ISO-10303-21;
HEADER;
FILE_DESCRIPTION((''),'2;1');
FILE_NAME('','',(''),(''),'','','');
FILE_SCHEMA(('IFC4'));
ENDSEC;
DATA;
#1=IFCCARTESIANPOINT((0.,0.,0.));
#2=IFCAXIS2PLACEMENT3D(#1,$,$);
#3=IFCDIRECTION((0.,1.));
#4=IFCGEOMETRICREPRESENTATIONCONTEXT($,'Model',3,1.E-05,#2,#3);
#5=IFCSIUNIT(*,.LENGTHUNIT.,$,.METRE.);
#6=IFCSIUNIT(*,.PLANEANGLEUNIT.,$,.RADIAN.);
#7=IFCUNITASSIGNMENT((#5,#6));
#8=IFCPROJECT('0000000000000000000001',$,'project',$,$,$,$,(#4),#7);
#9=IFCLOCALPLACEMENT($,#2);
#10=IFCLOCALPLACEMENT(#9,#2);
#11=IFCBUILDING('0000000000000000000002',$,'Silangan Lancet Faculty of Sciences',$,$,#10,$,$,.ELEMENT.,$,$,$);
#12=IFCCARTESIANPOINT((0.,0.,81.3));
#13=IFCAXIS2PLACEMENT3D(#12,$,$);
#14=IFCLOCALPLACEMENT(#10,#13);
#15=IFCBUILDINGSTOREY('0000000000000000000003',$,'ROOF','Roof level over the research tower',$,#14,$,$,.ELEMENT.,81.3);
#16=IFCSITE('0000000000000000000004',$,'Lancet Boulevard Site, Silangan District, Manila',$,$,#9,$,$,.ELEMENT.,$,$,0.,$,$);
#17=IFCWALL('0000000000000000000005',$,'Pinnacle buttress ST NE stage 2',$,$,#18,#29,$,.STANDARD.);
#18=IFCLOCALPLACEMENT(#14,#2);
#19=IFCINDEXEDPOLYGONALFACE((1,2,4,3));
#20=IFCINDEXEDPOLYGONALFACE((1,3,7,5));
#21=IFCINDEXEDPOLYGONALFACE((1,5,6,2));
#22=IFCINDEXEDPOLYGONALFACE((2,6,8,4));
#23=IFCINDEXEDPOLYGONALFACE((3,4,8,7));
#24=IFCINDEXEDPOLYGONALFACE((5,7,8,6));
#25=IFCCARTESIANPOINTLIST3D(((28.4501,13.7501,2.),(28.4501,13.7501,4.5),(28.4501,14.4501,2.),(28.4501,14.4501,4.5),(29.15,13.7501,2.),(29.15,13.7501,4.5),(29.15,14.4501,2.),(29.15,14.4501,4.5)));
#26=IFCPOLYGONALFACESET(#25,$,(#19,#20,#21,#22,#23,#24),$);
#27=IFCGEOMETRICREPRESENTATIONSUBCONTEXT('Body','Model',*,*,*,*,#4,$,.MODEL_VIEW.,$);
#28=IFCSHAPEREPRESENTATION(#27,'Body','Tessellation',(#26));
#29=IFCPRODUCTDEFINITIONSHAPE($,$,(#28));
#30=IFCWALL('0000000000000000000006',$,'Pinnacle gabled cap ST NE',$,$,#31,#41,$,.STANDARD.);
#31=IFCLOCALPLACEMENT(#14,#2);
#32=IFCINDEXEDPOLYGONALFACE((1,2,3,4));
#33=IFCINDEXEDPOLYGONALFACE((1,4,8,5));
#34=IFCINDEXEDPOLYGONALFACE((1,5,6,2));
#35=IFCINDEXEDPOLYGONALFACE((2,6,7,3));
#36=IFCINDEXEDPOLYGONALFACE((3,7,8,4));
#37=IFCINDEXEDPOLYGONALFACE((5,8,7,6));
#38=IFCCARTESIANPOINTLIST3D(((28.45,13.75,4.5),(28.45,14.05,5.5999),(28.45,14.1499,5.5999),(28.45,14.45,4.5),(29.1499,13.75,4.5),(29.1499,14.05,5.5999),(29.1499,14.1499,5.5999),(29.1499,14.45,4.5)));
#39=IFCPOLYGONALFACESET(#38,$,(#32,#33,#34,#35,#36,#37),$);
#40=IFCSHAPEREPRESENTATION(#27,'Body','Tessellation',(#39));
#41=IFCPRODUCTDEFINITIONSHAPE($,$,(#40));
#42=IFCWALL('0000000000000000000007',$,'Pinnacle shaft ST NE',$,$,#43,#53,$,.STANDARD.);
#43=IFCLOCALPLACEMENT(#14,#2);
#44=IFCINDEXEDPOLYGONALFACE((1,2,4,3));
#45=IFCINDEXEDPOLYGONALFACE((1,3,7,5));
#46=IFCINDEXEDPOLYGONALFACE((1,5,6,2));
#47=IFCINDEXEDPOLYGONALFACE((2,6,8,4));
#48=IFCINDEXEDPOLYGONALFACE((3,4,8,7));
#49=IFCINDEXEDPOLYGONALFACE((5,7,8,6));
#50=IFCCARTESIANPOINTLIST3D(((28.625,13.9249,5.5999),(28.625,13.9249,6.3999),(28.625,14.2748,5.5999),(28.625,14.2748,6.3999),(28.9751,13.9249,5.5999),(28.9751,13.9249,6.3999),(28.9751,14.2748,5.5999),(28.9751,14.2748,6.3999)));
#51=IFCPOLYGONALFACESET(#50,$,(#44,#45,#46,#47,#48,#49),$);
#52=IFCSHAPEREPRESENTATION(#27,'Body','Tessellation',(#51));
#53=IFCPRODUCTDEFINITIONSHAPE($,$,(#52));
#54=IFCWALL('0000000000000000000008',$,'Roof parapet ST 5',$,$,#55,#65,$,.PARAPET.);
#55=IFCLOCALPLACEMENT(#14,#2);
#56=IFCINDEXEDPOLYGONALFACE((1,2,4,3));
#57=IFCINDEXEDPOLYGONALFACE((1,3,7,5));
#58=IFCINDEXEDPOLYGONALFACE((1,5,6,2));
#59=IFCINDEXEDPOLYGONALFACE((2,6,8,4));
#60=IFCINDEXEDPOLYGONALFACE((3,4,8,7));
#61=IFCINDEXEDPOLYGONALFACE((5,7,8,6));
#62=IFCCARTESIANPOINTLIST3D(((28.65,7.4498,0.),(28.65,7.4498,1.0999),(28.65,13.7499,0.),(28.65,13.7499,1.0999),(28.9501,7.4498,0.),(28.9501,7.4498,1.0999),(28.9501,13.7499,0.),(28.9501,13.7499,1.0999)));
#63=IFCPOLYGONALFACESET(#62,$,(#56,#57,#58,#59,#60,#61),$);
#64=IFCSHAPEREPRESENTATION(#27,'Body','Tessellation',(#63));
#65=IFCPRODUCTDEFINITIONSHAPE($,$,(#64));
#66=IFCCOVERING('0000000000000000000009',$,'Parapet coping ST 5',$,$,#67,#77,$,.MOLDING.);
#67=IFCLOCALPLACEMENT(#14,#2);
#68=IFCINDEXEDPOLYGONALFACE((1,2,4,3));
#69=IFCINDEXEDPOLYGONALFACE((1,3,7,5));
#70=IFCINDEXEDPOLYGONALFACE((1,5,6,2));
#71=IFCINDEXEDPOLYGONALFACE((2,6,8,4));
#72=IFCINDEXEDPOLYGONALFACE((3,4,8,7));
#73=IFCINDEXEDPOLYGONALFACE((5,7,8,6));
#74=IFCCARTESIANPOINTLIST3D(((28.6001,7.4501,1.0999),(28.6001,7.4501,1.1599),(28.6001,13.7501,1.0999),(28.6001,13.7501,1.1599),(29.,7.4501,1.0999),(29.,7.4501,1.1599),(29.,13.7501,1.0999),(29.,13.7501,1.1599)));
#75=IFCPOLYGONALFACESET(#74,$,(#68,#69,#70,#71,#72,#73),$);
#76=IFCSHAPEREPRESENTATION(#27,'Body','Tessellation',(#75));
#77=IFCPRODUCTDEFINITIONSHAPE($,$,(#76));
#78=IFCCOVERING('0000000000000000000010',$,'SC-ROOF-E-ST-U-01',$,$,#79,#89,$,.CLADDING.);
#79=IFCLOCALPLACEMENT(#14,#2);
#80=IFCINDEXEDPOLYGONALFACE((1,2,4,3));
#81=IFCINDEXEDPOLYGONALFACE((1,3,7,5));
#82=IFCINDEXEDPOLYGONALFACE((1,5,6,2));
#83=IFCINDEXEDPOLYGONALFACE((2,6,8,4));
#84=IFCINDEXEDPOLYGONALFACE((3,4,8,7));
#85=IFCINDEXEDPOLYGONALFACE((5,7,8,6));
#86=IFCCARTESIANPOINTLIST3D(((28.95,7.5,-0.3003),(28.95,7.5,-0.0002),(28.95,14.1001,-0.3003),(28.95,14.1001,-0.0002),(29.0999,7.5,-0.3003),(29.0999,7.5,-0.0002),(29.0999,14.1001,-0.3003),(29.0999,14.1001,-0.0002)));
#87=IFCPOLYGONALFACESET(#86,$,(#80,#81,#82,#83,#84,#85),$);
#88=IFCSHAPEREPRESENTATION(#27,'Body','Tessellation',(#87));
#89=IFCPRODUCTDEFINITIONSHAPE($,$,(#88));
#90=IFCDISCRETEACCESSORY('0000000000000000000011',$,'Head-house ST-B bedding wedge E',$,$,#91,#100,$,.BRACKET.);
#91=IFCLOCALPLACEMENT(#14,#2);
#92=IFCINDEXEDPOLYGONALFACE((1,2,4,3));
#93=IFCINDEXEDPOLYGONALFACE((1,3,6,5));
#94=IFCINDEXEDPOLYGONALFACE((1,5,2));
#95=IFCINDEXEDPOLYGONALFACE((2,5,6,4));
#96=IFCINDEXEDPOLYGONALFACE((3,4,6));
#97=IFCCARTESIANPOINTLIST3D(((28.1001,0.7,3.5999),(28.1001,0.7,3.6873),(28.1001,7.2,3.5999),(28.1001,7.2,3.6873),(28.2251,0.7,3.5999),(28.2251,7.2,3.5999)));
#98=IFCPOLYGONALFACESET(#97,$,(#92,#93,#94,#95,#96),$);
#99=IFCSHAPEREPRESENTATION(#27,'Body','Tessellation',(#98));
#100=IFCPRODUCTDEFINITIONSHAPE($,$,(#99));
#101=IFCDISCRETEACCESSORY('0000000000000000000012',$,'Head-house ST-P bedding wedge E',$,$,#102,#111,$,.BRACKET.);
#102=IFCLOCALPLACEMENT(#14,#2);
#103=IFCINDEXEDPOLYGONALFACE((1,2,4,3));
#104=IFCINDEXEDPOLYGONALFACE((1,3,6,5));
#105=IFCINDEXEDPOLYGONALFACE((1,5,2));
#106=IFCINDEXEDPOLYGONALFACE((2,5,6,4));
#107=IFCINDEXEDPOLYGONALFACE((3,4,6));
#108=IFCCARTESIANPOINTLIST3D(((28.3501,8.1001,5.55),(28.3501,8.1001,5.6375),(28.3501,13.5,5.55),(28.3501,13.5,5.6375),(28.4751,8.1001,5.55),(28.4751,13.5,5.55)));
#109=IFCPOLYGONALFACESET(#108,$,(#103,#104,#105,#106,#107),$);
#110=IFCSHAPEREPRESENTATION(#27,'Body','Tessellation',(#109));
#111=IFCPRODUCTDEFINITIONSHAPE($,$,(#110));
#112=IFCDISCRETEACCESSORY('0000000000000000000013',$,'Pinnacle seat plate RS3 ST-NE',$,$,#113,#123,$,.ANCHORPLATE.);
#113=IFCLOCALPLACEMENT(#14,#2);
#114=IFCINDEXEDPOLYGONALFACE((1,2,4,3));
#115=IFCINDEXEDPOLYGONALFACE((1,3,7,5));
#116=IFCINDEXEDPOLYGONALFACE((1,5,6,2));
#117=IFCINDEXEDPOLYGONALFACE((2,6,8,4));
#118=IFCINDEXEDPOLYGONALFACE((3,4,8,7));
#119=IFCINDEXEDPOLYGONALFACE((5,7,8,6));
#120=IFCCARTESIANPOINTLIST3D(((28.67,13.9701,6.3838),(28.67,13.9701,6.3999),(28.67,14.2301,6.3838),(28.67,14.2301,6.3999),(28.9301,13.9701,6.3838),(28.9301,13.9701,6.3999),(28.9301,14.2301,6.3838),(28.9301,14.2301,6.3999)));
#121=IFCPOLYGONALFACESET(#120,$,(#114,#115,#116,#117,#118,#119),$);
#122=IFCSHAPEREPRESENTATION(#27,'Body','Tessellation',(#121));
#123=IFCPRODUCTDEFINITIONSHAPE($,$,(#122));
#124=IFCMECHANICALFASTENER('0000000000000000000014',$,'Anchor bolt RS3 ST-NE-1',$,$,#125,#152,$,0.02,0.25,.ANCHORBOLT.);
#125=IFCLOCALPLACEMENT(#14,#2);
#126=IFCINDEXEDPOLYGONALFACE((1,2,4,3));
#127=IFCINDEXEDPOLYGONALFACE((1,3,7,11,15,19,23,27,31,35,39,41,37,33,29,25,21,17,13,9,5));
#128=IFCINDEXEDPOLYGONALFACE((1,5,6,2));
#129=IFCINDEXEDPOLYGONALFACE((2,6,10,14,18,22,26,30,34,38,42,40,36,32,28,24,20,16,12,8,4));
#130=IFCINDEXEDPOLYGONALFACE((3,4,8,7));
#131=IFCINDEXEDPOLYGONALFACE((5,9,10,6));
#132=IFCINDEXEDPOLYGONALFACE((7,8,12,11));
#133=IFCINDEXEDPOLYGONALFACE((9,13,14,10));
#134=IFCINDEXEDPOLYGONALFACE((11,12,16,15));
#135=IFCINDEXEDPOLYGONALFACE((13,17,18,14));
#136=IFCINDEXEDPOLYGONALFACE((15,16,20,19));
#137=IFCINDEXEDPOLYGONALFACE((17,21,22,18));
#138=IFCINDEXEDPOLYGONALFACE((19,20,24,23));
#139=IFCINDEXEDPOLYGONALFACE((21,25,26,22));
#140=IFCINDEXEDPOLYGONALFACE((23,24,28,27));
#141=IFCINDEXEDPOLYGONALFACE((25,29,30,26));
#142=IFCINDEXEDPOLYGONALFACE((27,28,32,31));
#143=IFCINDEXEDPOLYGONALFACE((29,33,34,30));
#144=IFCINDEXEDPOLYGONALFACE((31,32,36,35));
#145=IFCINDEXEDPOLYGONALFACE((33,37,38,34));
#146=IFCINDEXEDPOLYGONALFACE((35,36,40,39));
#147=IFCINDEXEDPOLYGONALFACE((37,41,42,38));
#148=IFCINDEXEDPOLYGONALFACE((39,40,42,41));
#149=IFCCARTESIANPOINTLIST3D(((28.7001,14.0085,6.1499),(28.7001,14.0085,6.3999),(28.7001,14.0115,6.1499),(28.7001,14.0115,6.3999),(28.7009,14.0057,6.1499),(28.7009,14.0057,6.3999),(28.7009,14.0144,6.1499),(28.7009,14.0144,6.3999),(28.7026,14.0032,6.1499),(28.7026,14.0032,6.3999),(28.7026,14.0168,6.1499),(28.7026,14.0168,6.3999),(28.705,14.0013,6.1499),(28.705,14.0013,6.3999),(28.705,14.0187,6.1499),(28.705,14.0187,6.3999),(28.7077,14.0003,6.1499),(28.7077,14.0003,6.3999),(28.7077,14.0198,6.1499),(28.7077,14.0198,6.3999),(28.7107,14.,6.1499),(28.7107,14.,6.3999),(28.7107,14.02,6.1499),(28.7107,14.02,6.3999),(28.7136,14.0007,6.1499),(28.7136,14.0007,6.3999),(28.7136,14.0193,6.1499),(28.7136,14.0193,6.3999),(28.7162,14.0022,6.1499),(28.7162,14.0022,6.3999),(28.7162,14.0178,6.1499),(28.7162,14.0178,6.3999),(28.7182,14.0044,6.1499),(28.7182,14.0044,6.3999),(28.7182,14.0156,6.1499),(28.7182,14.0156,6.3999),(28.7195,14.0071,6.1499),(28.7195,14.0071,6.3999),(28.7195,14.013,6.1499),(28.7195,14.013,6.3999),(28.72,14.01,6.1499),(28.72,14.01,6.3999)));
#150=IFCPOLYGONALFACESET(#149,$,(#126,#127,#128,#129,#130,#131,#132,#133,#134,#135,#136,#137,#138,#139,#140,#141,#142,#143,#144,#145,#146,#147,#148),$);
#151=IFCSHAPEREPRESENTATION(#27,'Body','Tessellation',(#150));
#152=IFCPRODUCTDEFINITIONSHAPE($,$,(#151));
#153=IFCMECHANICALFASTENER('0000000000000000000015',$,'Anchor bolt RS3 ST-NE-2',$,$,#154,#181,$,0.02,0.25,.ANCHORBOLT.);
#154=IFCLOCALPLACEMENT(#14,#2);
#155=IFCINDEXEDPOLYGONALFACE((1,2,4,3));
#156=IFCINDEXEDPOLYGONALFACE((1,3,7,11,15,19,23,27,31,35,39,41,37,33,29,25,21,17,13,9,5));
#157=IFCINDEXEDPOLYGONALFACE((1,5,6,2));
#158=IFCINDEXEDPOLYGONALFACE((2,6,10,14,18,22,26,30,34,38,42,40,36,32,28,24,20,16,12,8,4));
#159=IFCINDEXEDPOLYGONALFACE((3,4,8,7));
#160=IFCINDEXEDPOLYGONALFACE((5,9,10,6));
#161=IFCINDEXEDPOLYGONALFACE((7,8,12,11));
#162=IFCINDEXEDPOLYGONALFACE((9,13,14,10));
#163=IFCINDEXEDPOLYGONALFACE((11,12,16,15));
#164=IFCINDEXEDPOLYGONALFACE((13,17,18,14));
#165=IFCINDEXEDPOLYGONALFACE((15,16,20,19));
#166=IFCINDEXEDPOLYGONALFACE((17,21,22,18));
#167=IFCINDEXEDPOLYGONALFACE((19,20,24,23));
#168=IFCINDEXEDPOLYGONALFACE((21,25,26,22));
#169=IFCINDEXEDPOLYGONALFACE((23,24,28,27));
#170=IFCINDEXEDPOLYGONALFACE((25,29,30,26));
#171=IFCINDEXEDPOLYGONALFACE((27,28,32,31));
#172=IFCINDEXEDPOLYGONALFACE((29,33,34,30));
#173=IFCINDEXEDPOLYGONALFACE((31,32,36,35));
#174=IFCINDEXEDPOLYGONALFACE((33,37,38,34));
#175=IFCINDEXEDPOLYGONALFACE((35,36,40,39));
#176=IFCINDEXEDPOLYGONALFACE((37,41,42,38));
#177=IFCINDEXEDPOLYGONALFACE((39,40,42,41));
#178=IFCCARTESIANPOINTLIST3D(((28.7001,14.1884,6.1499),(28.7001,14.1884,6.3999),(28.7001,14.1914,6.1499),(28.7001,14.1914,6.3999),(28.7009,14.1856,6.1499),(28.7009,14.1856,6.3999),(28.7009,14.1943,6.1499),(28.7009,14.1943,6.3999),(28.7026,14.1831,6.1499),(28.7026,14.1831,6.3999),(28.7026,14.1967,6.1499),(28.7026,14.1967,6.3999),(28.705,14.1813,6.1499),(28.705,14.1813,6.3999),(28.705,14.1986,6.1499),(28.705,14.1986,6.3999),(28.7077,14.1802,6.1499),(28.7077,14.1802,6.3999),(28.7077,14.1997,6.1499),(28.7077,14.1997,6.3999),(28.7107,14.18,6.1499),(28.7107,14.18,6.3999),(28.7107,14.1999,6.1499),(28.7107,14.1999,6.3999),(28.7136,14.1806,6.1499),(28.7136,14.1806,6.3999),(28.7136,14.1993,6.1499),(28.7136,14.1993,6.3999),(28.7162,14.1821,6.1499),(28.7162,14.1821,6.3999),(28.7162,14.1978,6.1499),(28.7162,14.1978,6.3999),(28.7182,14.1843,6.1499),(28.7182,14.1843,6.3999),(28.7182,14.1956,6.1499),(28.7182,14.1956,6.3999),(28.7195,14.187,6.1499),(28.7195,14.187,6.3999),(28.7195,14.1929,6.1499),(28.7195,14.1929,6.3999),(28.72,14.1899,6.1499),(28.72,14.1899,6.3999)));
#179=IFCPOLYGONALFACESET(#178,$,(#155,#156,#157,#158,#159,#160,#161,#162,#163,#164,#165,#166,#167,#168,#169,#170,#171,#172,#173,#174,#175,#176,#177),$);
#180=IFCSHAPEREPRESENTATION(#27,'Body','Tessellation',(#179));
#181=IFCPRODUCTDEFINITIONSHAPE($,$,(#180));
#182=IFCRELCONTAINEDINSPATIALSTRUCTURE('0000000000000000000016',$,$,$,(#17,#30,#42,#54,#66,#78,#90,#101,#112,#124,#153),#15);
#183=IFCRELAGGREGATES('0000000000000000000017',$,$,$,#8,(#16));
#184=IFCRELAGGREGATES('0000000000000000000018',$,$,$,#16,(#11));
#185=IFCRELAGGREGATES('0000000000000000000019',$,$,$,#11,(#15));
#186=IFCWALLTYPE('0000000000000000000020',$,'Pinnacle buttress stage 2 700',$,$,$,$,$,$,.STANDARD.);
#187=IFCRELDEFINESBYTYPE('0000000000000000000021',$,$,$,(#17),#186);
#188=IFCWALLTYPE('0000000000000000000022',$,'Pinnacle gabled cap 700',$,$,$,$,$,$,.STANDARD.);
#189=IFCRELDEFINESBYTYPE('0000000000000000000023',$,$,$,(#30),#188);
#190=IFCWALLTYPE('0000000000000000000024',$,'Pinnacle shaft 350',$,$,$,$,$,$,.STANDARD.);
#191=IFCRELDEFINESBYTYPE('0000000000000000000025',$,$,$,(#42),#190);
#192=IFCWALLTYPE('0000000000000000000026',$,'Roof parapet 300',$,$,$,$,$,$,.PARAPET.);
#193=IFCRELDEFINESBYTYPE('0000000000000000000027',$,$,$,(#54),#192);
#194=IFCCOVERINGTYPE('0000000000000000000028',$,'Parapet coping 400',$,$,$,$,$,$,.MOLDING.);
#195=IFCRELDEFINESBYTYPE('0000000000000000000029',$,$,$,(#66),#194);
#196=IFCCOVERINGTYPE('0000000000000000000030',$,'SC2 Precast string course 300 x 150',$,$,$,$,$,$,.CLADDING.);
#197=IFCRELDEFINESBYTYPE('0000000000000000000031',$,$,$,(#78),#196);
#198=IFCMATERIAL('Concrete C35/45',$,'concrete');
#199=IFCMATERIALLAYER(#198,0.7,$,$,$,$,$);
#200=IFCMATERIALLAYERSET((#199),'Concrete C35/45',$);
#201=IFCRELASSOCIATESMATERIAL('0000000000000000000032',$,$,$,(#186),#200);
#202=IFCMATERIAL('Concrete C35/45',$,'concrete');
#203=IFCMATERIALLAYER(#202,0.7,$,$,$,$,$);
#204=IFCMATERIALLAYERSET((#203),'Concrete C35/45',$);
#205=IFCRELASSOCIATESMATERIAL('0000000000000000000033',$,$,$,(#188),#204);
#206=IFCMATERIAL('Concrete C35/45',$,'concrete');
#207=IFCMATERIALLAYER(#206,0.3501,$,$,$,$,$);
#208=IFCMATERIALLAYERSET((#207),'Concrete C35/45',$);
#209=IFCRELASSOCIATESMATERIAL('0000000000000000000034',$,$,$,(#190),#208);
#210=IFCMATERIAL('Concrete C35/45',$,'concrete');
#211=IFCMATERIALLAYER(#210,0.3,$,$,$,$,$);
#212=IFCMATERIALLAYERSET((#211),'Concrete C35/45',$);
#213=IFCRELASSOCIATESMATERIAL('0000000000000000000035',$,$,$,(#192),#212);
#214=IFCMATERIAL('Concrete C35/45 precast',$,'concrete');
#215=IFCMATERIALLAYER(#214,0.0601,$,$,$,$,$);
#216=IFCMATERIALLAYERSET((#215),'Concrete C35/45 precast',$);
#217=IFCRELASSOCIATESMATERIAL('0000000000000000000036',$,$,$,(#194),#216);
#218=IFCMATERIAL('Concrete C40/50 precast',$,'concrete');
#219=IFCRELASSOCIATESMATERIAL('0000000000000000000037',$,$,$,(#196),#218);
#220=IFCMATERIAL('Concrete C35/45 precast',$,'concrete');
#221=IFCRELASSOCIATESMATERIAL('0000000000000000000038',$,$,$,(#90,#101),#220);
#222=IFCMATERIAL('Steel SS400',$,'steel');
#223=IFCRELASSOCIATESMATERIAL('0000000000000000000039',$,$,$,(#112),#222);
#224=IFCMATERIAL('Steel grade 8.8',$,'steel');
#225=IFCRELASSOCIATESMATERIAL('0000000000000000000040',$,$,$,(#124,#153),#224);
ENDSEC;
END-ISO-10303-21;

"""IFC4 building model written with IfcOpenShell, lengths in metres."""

from ifc_helpers import new_model, si_unit, direction, frame, frame_2d, origin, origin_2d, place, context, subcontext, project, spatial, polyline, rectangle, circle, outline, extrude, material, layer, layer_set, type_object, element, save


model = new_model("IFC4")

# Units and contexts
model_context = context("Model", 3, precision=1e-05, world=origin(), true_north=direction((0.0, 1.0)))
body_context = subcontext(model_context, "Body", "Model", "MODEL_VIEW")
ifc_project = project(units=[si_unit("LENGTHUNIT", "METRE"), si_unit("PLANEANGLEUNIT", "RADIAN")], contexts=[model_context])

# Site, building, storey
site_placement = place(None, origin())
site = spatial("IfcSite", under=ifc_project, at=site_placement, Name="Lancet Boulevard Site, Silangan District, Manila", CompositionType="ELEMENT", RefElevation=0.0)
building_placement = place(site_placement, origin())
building = spatial("IfcBuilding", under=site, at=building_placement, Name="Silangan Lancet Faculty of Sciences", CompositionType="ELEMENT")
storey_placement = place(building_placement, frame((0.0, 0.0, 81.3)))
storey = spatial("IfcBuildingStorey", under=building, at=storey_placement, Name="ROOF", Description="Roof level over the research tower", CompositionType="ELEMENT", Elevation=81.3)

# Walls
ifc_material_1 = material(Name="Concrete C35/45", Category="concrete")
ifc_layer_1 = layer(ifc_material_1, 0.7)
ifc_layer_set_1 = layer_set([ifc_layer_1], Name="Concrete C35/45")
wall_type_1 = type_object("IfcWallType", Name="Pinnacle buttress stage 2 700", PredefinedType="STANDARD", material=ifc_layer_set_1)
wall_1_placement = place(storey_placement, frame((28.8, 13.75, 2.0), z_axis=(0.0, 0.0, 1.0), x_axis=(0.0, 1.0, 0.0)))
element("IfcWall", 1, at=wall_1_placement, inside=storey, type_object=wall_type_1, Name="Pinnacle buttress ST NE stage 2", PredefinedType="STANDARD", context=body_context, shape_type="SweptSolid", body=[
    extrude(rectangle(XDim=0.7, YDim=0.7, at=frame_2d((0.3501, 0.0))), origin(), (0.0, 0.0, 1.0), 2.5),
])
ifc_material_2 = material(Name="Concrete C35/45", Category="concrete")
ifc_layer_2 = layer(ifc_material_2, 0.7)
ifc_layer_set_2 = layer_set([ifc_layer_2], Name="Concrete C35/45")
wall_type_2 = type_object("IfcWallType", Name="Pinnacle gabled cap 700", PredefinedType="STANDARD", material=ifc_layer_set_2)
wall_2_placement = place(storey_placement, frame((28.8, 13.75, 4.5), z_axis=(0.0, 0.0, 1.0), x_axis=(0.0, 1.0, 0.0)))
element("IfcWall", 2, at=wall_2_placement, inside=storey, type_object=wall_type_2, Name="Pinnacle gabled cap ST NE", PredefinedType="STANDARD", context=body_context, shape_type="SweptSolid", body=[
    extrude(outline(polyline([(0.0, 0.0), (0.7, 0.0), (0.3999, 1.0999), (0.3, 1.0999), (0.0, 0.0)])), frame((0.0, 0.3501, 0.0), z_axis=(0.0, -1.0, 0.0), x_axis=(1.0, 0.0, 0.0)), (0.0, 0.0, 1.0), 0.7),
])
ifc_material_3 = material(Name="Concrete C35/45", Category="concrete")
ifc_layer_3 = layer(ifc_material_3, 0.3501)
ifc_layer_set_3 = layer_set([ifc_layer_3], Name="Concrete C35/45")
wall_type_3 = type_object("IfcWallType", Name="Pinnacle shaft 350", PredefinedType="STANDARD", material=ifc_layer_set_3)
wall_3_placement = place(storey_placement, frame((28.8, 13.925, 5.5999), z_axis=(0.0, 0.0, 1.0), x_axis=(0.0, 1.0, 0.0)))
element("IfcWall", 3, at=wall_3_placement, inside=storey, type_object=wall_type_3, Name="Pinnacle shaft ST NE", PredefinedType="STANDARD", context=body_context, shape_type="SweptSolid", body=[
    extrude(rectangle(XDim=0.3499, YDim=0.3501, at=frame_2d((0.1748, 0.0))), origin(), (0.0, 0.0, 1.0), 0.8),
])
ifc_material_4 = material(Name="Concrete C35/45", Category="concrete")
ifc_layer_4 = layer(ifc_material_4, 0.3)
ifc_layer_set_4 = layer_set([ifc_layer_4], Name="Concrete C35/45")
wall_type_4 = type_object("IfcWallType", Name="Roof parapet 300", PredefinedType="PARAPET", material=ifc_layer_set_4)
wall_4_placement = place(storey_placement, frame((28.8, 7.45, 0.0), z_axis=(0.0, 0.0, 1.0), x_axis=(0.0, 1.0, 0.0)))
element("IfcWall", 4, at=wall_4_placement, inside=storey, type_object=wall_type_4, Name="Roof parapet ST 5", PredefinedType="PARAPET", context=body_context, shape_type="SweptSolid", body=[
    extrude(rectangle(XDim=6.3, YDim=0.3, at=frame_2d((3.1499, 0.0))), origin(), (0.0, 0.0, 1.0), 1.0999),
])

# Coverings
ifc_material_5 = material(Name="Concrete C35/45 precast", Category="concrete")
ifc_layer_5 = layer(ifc_material_5, 0.0601)
ifc_layer_set_5 = layer_set([ifc_layer_5], Name="Concrete C35/45 precast")
covering_type_1 = type_object("IfcCoveringType", Name="Parapet coping 400", PredefinedType="MOLDING", material=ifc_layer_set_5)
covering_1_placement = place(storey_placement, frame((28.8, 10.6001, 1.0999), z_axis=(0.0, 0.0, 1.0), x_axis=(1.0, 0.0, 0.0)))
element("IfcCovering", 5, at=covering_1_placement, inside=storey, type_object=covering_type_1, Name="Parapet coping ST 5", PredefinedType="MOLDING", context=body_context, shape_type="SweptSolid", body=[
    extrude(rectangle(XDim=0.3999, YDim=6.3, at=origin_2d()), origin(), (0.0, 0.0, 1.0), 0.0601),
])
ifc_material_6 = material(Name="Concrete C40/50 precast", Category="concrete")
covering_type_2 = type_object("IfcCoveringType", Name="SC2 Precast string course 300 x 150", PredefinedType="CLADDING", material=ifc_material_6)
covering_2_placement = place(storey_placement, frame((29.0249, 10.8, -0.3003), z_axis=(0.0, 0.0, 1.0), x_axis=(1.0, 0.0, 0.0)))
element("IfcCovering", 6, at=covering_2_placement, inside=storey, type_object=covering_type_2, Name="SC-ROOF-E-ST-U-01", PredefinedType="CLADDING", context=body_context, shape_type="SweptSolid", body=[
    extrude(rectangle(XDim=0.1499, YDim=6.6001, at=origin_2d()), origin(), (0.0, 0.0, 1.0), 0.3),
])

# Discrete accessories
ifc_material_7 = material(Name="Concrete C35/45 precast", Category="concrete")
discrete_accessory_1_placement = place(storey_placement, frame((28.2251, 7.2, 3.5999), z_axis=(0.0, -1.0, 0.0), x_axis=(1.0, 0.0, 0.0)))
element("IfcDiscreteAccessory", 7, at=discrete_accessory_1_placement, inside=storey, material=ifc_material_7, Name="Head-house ST-B bedding wedge E", PredefinedType="BRACKET", context=body_context, shape_type="SweptSolid", body=[
    extrude(outline(polyline([(0.0, 0.0), (-0.125, 0.0), (-0.125, 0.0874), (0.0, 0.0)])), origin(), (0.0, 0.0, 1.0), 6.5),
])
discrete_accessory_2_placement = place(storey_placement, frame((28.4751, 13.5, 5.55), z_axis=(0.0, -1.0, 0.0), x_axis=(1.0, 0.0, 0.0)))
element("IfcDiscreteAccessory", 8, at=discrete_accessory_2_placement, inside=storey, material=ifc_material_7, Name="Head-house ST-P bedding wedge E", PredefinedType="BRACKET", context=body_context, shape_type="SweptSolid", body=[
    extrude(outline(polyline([(0.0, 0.0), (-0.125, 0.0), (-0.125, 0.0874), (0.0, 0.0)])), origin(), (0.0, 0.0, 1.0), 5.3999),
])
ifc_material_8 = material(Name="Steel SS400", Category="steel")
discrete_accessory_3_placement = place(storey_placement, frame((28.8, 14.1001, 6.3838), z_axis=(0.0, 0.0, 1.0), x_axis=(1.0, 0.0, 0.0)))
element("IfcDiscreteAccessory", 9, at=discrete_accessory_3_placement, inside=storey, material=ifc_material_8, Name="Pinnacle seat plate RS3 ST-NE", PredefinedType="ANCHORPLATE", context=body_context, shape_type="SweptSolid", body=[
    extrude(rectangle(XDim=0.26, YDim=0.26, at=origin_2d()), origin(), (0.0, 0.0, 1.0), 0.0161),
])

# Mechanical fasteners
ifc_material_9 = material(Name="Steel grade 8.8", Category="steel")
for number, where, z_axis, x_axis, name in (
    (10, (28.71, 14.01, 6.1499), (0.0, 0.0, 1.0), (1.0, 0.0, 0.0), "Anchor bolt RS3 ST-NE-1"),
    (11, (28.71, 14.1899, 6.1499), (0.0, 0.0, 1.0), (1.0, 0.0, 0.0), "Anchor bolt RS3 ST-NE-2"),
):
    element("IfcMechanicalFastener", number, at=place(storey_placement, frame(where, z_axis=z_axis, x_axis=x_axis)), inside=storey, material=ifc_material_9, Name=name, NominalDiameter=0.02, NominalLength=0.25, PredefinedType="ANCHORBOLT", context=body_context, shape_type="SweptSolid", body=[
        extrude(circle(Radius=0.01, at=origin_2d()), origin(), (0.0, 0.0, 1.0), 0.25),
    ])

save(model, "model.ifc")
